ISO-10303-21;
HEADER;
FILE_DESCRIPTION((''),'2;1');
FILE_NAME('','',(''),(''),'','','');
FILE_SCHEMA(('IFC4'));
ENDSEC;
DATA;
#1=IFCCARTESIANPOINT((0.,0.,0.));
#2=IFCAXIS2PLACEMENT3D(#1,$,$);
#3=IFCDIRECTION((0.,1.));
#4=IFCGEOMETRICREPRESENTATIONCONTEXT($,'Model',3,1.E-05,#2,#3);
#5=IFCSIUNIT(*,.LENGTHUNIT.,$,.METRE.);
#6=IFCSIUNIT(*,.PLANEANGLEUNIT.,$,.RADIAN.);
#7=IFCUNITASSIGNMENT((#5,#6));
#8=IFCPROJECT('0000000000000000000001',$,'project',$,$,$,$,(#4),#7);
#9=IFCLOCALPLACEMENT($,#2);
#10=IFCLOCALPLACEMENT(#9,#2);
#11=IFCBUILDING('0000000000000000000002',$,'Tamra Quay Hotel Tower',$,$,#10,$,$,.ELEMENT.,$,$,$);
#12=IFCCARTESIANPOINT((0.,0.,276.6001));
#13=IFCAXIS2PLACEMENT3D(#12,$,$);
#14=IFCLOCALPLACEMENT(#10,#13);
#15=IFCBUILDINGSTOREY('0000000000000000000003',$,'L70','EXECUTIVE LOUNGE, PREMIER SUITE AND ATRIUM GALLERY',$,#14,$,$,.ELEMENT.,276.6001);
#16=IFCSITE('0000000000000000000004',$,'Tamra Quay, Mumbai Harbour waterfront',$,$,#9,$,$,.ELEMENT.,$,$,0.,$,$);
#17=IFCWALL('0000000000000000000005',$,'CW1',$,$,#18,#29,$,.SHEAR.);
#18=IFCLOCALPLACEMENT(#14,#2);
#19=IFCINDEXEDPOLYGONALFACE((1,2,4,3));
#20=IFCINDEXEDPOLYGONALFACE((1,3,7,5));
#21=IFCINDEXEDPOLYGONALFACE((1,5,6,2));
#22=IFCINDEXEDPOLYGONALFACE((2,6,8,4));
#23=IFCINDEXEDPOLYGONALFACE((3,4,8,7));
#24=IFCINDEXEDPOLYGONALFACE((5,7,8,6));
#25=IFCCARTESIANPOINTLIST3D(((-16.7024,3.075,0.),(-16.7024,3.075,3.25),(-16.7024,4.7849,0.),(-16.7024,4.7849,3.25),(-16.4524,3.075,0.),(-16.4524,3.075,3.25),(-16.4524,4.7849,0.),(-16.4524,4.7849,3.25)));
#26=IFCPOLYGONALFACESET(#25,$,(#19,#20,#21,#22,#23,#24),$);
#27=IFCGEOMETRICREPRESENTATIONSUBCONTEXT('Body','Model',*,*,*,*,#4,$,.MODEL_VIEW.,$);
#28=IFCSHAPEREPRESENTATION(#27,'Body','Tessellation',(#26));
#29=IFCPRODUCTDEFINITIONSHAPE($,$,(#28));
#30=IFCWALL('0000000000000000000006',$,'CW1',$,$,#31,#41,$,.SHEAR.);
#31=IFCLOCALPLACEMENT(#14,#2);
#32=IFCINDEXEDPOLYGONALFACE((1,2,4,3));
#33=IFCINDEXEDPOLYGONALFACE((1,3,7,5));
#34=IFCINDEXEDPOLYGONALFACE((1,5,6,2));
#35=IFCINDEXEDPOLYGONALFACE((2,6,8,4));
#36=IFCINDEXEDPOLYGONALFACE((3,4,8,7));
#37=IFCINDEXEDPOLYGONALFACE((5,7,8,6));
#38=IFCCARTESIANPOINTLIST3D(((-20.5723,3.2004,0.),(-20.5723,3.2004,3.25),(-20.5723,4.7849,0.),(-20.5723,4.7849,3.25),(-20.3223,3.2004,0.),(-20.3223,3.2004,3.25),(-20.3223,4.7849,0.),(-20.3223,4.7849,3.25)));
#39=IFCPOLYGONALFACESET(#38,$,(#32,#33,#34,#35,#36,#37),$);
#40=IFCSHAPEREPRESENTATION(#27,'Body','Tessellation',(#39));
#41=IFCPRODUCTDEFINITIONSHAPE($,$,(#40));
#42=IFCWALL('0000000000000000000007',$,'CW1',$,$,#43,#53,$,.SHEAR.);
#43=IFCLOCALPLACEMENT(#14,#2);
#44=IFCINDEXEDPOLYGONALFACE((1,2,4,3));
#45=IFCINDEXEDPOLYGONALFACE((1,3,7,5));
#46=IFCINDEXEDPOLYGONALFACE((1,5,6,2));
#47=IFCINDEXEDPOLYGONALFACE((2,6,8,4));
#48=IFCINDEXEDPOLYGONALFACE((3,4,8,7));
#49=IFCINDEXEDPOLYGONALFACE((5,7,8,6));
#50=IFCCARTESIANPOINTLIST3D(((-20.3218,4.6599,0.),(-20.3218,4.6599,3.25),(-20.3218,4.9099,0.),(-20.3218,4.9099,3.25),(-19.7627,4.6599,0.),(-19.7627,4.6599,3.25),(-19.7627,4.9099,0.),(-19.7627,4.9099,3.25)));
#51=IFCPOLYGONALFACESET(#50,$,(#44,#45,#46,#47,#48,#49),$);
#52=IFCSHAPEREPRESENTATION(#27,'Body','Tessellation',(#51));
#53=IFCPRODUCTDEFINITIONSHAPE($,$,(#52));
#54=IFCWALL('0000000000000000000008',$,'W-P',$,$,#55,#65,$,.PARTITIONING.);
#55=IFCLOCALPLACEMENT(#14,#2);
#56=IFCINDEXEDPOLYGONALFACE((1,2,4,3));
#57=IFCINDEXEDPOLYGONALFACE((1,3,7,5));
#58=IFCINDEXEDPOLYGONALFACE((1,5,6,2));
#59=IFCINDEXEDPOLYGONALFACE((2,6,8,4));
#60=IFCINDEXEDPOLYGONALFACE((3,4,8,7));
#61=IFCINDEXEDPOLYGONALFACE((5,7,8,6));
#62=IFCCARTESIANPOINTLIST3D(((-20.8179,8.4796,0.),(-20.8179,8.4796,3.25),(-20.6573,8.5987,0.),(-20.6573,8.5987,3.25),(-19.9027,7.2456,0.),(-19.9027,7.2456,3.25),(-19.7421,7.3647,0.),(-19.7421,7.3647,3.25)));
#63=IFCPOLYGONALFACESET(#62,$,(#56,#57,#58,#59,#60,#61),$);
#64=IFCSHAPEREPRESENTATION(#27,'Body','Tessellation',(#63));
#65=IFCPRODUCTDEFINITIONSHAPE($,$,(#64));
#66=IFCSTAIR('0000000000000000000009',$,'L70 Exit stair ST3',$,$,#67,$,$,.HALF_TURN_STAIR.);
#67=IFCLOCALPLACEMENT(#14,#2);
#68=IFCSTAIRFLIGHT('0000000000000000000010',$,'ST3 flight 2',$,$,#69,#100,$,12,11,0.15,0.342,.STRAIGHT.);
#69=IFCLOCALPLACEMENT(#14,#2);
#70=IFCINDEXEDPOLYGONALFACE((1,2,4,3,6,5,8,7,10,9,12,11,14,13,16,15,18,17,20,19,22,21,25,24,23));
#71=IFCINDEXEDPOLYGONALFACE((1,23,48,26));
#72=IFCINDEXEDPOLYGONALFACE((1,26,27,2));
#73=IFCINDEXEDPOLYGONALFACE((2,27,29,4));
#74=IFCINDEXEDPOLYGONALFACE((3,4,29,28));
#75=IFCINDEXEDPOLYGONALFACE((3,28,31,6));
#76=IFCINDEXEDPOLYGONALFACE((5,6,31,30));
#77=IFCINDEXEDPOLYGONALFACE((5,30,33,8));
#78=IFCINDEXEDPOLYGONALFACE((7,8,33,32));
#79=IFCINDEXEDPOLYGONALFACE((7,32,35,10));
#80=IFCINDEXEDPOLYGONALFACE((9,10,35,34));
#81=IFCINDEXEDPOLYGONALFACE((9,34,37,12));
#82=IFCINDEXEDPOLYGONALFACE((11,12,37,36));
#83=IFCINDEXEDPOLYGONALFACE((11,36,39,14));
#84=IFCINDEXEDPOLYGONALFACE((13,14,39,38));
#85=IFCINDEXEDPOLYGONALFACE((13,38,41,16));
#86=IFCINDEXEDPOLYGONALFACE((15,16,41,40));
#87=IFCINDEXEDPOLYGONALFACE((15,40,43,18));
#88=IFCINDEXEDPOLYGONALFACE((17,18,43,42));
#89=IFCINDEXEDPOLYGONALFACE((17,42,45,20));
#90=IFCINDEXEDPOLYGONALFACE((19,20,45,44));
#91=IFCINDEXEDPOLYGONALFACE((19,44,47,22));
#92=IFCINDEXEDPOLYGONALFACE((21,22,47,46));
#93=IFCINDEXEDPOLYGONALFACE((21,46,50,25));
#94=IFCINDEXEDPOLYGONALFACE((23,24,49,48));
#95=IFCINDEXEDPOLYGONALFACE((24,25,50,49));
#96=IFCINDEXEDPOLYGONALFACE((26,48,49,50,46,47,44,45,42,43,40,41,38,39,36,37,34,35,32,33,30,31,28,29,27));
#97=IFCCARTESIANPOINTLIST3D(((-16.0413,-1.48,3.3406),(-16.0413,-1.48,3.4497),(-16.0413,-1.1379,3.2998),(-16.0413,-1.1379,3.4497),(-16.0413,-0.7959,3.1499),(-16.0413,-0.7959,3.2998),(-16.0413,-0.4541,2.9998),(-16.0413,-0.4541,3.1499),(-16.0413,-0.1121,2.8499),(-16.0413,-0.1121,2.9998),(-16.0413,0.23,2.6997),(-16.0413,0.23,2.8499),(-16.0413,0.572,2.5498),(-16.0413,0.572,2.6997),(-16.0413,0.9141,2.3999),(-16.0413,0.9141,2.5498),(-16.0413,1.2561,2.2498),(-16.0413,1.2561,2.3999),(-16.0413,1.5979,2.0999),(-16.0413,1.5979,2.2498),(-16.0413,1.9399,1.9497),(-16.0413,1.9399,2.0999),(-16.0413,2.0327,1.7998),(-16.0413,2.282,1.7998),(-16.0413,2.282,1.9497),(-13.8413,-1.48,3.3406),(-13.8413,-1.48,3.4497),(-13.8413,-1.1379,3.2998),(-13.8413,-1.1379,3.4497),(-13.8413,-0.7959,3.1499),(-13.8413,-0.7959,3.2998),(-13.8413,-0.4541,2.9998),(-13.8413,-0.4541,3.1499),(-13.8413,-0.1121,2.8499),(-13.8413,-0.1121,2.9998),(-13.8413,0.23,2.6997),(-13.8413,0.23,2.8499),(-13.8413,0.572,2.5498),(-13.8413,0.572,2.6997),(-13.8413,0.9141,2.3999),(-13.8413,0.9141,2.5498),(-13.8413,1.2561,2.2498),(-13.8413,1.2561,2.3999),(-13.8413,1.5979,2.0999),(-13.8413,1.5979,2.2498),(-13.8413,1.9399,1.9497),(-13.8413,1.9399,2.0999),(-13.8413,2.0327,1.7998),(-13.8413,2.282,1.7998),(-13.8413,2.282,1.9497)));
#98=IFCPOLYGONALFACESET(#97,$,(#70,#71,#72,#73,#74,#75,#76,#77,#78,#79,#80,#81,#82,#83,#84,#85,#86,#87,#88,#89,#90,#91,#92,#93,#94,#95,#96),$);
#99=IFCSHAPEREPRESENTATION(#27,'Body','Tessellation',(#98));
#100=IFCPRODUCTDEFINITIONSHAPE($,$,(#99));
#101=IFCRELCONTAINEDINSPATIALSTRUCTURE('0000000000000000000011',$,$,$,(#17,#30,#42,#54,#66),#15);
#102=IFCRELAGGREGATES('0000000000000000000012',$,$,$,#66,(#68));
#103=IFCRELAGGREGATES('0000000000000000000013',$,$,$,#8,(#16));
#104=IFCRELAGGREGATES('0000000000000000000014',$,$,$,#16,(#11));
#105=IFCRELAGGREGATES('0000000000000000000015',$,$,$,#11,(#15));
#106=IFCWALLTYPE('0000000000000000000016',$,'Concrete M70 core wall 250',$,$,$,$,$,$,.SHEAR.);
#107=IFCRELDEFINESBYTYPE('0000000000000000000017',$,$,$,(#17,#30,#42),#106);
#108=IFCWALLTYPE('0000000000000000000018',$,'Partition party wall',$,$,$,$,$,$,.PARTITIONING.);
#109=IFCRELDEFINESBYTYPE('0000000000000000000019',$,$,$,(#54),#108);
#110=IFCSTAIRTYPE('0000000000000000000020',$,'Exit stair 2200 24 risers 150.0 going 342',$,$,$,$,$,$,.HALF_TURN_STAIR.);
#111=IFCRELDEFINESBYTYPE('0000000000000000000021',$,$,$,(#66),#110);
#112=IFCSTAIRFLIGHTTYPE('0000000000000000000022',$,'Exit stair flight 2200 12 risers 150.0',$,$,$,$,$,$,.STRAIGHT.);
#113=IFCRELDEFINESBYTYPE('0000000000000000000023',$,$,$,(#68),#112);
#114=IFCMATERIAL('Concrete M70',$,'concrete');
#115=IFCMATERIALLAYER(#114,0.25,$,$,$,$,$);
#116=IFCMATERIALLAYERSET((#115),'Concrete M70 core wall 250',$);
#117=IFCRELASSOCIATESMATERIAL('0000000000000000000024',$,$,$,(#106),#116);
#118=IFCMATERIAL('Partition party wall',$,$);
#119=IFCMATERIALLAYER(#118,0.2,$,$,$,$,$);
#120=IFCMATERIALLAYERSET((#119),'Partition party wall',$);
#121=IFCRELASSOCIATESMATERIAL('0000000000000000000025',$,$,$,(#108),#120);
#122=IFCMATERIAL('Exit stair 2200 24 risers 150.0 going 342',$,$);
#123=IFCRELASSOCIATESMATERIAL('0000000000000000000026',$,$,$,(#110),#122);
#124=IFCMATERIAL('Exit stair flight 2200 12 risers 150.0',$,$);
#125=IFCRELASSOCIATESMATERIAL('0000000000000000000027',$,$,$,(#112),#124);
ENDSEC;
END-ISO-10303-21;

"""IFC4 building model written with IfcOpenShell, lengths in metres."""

from ifc_helpers import new_model, si_unit, direction, frame, frame_2d, origin, place, context, subcontext, project, spatial, polyline, rectangle, outline, extrude, material, layer, layer_set, type_object, element, aggregate, save


model = new_model("IFC4")

# Units and contexts
model_context = context("Model", 3, precision=1e-05, world=origin(), true_north=direction((0.0, 1.0)))
body_context = subcontext(model_context, "Body", "Model", "MODEL_VIEW")
ifc_project = project(units=[si_unit("LENGTHUNIT", "METRE"), si_unit("PLANEANGLEUNIT", "RADIAN")], contexts=[model_context])

# Site, building, storey
site_placement = place(None, origin())
site = spatial("IfcSite", under=ifc_project, at=site_placement, Name="Tamra Quay, Mumbai Harbour waterfront", CompositionType="ELEMENT", RefElevation=0.0)
building_placement = place(site_placement, origin())
building = spatial("IfcBuilding", under=site, at=building_placement, Name="Tamra Quay Hotel Tower", CompositionType="ELEMENT")
storey_placement = place(building_placement, frame((0.0, 0.0, 276.6001)))
storey = spatial("IfcBuildingStorey", under=building, at=storey_placement, Name="L70", Description="EXECUTIVE LOUNGE, PREMIER SUITE AND ATRIUM GALLERY", CompositionType="ELEMENT", Elevation=276.6001)

# Shared definitions
ifc_material_1 = material(Name="Concrete M70", Category="concrete")

# Walls
ifc_layer_1 = layer(ifc_material_1, 0.25)
ifc_layer_set_1 = layer_set([ifc_layer_1], Name="Concrete M70 core wall 250")
wall_type_1 = type_object("IfcWallType", Name="Concrete M70 core wall 250", PredefinedType="SHEAR", material=ifc_layer_set_1)
wall_1_placement = place(storey_placement, frame((-16.5774, 4.7849, 0.0), z_axis=(0.0, 0.0, 1.0), x_axis=(0.0, -1.0, 0.0)))
element("IfcWall", 1, at=wall_1_placement, inside=storey, type_object=wall_type_1, Name="CW1", PredefinedType="SHEAR", context=body_context, shape_type="SweptSolid", body=[
    extrude(rectangle(XDim=1.71, YDim=0.25, at=frame_2d((0.855, 0.0))), origin(), (0.0, 0.0, 1.0), 3.25),
])
wall_2_placement = place(storey_placement, frame((-20.4473, 3.2004, 0.0), z_axis=(0.0, 0.0, 1.0), x_axis=(0.0, 1.0, 0.0)))
element("IfcWall", 2, at=wall_2_placement, inside=storey, type_object=wall_type_1, Name="CW1", PredefinedType="SHEAR", context=body_context, shape_type="SweptSolid", body=[
    extrude(rectangle(XDim=1.5845, YDim=0.25, at=frame_2d((0.7922, 0.0))), origin(), (0.0, 0.0, 1.0), 3.25),
])
wall_3_placement = place(storey_placement, frame((-20.3218, 4.7849, 0.0), z_axis=(0.0, 0.0, 1.0), x_axis=(1.0, 0.0, 0.0)))
element("IfcWall", 3, at=wall_3_placement, inside=storey, type_object=wall_type_1, Name="CW1", PredefinedType="SHEAR", context=body_context, shape_type="SweptSolid", body=[
    extrude(rectangle(XDim=0.5591, YDim=0.25, at=frame_2d((0.2795, 0.0))), origin(), (0.0, 0.0, 1.0), 3.25),
])
ifc_material_2 = material(Name="Partition party wall")
ifc_layer_2 = layer(ifc_material_2, 0.2)
ifc_layer_set_2 = layer_set([ifc_layer_2], Name="Partition party wall")
wall_type_2 = type_object("IfcWallType", Name="Partition party wall", PredefinedType="PARTITIONING", material=ifc_layer_set_2)
wall_4_placement = place(storey_placement, frame((-20.7375, 8.5391, 0.0), z_axis=(0.0, 0.0, 1.0), x_axis=(0.595695, -0.803211, 0.0)))
element("IfcWall", 4, at=wall_4_placement, inside=storey, type_object=wall_type_2, Name="W-P", PredefinedType="PARTITIONING", context=body_context, shape_type="SweptSolid", body=[
    extrude(rectangle(XDim=1.5364, YDim=0.2, at=frame_2d((0.7681, 0.0))), origin(), (0.0, 0.0, 1.0), 3.25),
])

# Stair, stair flight
ifc_material_3 = material(Name="Exit stair 2200 24 risers 150.0 going 342")
stair_type = type_object("IfcStairType", Name="Exit stair 2200 24 risers 150.0 going 342", PredefinedType="HALF_TURN_STAIR", material=ifc_material_3)
stair_placement = place(storey_placement, origin())
stair = element("IfcStair", 5, at=stair_placement, inside=storey, type_object=stair_type, Name="L70 Exit stair ST3", PredefinedType="HALF_TURN_STAIR")
ifc_material_4 = material(Name="Exit stair flight 2200 12 risers 150.0")
stair_flight_type = type_object("IfcStairFlightType", Name="Exit stair flight 2200 12 risers 150.0", PredefinedType="STRAIGHT", material=ifc_material_4)
stair_flight_placement = place(storey_placement, frame((-14.9414, 2.282, 1.7998), z_axis=(0.0, 0.0, 1.0), x_axis=(0.0, -1.0, 0.0)))
stair_flight = element("IfcStairFlight", 6, at=stair_flight_placement, type_object=stair_flight_type, Name="ST3 flight 2", NumberOfRisers=12, NumberOfTreads=11, PredefinedType="STRAIGHT", RiserHeight=0.15, TreadLength=0.342, context=body_context, shape_type="SweptSolid", body=[
    extrude(outline(polyline([(0.0, 0.0), (0.0, 0.1499), (0.342, 0.1499), (0.342, 0.3), (0.6841, 0.3), (0.6841, 0.45), (1.0259, 0.45), (1.0259, 0.6001), (1.3679, 0.6001), (1.3679, 0.75), (1.71, 0.75), (1.71, 0.8999), (2.052, 0.8999), (2.052, 1.05), (2.394, 1.05), (2.394, 1.2), (2.7361, 1.2), (2.7361, 1.3501), (3.0779, 1.3501), (3.0779, 1.5), (3.4199, 1.5), (3.4199, 1.6499), (3.762, 1.6499), (3.762, 1.8), (3.762, 1.5408), (0.2493, 0.0), (0.0, 0.0)])), frame((0.0, 1.1001, 0.0), z_axis=(0.0, -1.0, 0.0), x_axis=(1.0, 0.0, 0.0)), (0.0, 0.0, 1.0), 2.2),
])
aggregate(stair, [stair_flight])

save(model, "model.ifc")
